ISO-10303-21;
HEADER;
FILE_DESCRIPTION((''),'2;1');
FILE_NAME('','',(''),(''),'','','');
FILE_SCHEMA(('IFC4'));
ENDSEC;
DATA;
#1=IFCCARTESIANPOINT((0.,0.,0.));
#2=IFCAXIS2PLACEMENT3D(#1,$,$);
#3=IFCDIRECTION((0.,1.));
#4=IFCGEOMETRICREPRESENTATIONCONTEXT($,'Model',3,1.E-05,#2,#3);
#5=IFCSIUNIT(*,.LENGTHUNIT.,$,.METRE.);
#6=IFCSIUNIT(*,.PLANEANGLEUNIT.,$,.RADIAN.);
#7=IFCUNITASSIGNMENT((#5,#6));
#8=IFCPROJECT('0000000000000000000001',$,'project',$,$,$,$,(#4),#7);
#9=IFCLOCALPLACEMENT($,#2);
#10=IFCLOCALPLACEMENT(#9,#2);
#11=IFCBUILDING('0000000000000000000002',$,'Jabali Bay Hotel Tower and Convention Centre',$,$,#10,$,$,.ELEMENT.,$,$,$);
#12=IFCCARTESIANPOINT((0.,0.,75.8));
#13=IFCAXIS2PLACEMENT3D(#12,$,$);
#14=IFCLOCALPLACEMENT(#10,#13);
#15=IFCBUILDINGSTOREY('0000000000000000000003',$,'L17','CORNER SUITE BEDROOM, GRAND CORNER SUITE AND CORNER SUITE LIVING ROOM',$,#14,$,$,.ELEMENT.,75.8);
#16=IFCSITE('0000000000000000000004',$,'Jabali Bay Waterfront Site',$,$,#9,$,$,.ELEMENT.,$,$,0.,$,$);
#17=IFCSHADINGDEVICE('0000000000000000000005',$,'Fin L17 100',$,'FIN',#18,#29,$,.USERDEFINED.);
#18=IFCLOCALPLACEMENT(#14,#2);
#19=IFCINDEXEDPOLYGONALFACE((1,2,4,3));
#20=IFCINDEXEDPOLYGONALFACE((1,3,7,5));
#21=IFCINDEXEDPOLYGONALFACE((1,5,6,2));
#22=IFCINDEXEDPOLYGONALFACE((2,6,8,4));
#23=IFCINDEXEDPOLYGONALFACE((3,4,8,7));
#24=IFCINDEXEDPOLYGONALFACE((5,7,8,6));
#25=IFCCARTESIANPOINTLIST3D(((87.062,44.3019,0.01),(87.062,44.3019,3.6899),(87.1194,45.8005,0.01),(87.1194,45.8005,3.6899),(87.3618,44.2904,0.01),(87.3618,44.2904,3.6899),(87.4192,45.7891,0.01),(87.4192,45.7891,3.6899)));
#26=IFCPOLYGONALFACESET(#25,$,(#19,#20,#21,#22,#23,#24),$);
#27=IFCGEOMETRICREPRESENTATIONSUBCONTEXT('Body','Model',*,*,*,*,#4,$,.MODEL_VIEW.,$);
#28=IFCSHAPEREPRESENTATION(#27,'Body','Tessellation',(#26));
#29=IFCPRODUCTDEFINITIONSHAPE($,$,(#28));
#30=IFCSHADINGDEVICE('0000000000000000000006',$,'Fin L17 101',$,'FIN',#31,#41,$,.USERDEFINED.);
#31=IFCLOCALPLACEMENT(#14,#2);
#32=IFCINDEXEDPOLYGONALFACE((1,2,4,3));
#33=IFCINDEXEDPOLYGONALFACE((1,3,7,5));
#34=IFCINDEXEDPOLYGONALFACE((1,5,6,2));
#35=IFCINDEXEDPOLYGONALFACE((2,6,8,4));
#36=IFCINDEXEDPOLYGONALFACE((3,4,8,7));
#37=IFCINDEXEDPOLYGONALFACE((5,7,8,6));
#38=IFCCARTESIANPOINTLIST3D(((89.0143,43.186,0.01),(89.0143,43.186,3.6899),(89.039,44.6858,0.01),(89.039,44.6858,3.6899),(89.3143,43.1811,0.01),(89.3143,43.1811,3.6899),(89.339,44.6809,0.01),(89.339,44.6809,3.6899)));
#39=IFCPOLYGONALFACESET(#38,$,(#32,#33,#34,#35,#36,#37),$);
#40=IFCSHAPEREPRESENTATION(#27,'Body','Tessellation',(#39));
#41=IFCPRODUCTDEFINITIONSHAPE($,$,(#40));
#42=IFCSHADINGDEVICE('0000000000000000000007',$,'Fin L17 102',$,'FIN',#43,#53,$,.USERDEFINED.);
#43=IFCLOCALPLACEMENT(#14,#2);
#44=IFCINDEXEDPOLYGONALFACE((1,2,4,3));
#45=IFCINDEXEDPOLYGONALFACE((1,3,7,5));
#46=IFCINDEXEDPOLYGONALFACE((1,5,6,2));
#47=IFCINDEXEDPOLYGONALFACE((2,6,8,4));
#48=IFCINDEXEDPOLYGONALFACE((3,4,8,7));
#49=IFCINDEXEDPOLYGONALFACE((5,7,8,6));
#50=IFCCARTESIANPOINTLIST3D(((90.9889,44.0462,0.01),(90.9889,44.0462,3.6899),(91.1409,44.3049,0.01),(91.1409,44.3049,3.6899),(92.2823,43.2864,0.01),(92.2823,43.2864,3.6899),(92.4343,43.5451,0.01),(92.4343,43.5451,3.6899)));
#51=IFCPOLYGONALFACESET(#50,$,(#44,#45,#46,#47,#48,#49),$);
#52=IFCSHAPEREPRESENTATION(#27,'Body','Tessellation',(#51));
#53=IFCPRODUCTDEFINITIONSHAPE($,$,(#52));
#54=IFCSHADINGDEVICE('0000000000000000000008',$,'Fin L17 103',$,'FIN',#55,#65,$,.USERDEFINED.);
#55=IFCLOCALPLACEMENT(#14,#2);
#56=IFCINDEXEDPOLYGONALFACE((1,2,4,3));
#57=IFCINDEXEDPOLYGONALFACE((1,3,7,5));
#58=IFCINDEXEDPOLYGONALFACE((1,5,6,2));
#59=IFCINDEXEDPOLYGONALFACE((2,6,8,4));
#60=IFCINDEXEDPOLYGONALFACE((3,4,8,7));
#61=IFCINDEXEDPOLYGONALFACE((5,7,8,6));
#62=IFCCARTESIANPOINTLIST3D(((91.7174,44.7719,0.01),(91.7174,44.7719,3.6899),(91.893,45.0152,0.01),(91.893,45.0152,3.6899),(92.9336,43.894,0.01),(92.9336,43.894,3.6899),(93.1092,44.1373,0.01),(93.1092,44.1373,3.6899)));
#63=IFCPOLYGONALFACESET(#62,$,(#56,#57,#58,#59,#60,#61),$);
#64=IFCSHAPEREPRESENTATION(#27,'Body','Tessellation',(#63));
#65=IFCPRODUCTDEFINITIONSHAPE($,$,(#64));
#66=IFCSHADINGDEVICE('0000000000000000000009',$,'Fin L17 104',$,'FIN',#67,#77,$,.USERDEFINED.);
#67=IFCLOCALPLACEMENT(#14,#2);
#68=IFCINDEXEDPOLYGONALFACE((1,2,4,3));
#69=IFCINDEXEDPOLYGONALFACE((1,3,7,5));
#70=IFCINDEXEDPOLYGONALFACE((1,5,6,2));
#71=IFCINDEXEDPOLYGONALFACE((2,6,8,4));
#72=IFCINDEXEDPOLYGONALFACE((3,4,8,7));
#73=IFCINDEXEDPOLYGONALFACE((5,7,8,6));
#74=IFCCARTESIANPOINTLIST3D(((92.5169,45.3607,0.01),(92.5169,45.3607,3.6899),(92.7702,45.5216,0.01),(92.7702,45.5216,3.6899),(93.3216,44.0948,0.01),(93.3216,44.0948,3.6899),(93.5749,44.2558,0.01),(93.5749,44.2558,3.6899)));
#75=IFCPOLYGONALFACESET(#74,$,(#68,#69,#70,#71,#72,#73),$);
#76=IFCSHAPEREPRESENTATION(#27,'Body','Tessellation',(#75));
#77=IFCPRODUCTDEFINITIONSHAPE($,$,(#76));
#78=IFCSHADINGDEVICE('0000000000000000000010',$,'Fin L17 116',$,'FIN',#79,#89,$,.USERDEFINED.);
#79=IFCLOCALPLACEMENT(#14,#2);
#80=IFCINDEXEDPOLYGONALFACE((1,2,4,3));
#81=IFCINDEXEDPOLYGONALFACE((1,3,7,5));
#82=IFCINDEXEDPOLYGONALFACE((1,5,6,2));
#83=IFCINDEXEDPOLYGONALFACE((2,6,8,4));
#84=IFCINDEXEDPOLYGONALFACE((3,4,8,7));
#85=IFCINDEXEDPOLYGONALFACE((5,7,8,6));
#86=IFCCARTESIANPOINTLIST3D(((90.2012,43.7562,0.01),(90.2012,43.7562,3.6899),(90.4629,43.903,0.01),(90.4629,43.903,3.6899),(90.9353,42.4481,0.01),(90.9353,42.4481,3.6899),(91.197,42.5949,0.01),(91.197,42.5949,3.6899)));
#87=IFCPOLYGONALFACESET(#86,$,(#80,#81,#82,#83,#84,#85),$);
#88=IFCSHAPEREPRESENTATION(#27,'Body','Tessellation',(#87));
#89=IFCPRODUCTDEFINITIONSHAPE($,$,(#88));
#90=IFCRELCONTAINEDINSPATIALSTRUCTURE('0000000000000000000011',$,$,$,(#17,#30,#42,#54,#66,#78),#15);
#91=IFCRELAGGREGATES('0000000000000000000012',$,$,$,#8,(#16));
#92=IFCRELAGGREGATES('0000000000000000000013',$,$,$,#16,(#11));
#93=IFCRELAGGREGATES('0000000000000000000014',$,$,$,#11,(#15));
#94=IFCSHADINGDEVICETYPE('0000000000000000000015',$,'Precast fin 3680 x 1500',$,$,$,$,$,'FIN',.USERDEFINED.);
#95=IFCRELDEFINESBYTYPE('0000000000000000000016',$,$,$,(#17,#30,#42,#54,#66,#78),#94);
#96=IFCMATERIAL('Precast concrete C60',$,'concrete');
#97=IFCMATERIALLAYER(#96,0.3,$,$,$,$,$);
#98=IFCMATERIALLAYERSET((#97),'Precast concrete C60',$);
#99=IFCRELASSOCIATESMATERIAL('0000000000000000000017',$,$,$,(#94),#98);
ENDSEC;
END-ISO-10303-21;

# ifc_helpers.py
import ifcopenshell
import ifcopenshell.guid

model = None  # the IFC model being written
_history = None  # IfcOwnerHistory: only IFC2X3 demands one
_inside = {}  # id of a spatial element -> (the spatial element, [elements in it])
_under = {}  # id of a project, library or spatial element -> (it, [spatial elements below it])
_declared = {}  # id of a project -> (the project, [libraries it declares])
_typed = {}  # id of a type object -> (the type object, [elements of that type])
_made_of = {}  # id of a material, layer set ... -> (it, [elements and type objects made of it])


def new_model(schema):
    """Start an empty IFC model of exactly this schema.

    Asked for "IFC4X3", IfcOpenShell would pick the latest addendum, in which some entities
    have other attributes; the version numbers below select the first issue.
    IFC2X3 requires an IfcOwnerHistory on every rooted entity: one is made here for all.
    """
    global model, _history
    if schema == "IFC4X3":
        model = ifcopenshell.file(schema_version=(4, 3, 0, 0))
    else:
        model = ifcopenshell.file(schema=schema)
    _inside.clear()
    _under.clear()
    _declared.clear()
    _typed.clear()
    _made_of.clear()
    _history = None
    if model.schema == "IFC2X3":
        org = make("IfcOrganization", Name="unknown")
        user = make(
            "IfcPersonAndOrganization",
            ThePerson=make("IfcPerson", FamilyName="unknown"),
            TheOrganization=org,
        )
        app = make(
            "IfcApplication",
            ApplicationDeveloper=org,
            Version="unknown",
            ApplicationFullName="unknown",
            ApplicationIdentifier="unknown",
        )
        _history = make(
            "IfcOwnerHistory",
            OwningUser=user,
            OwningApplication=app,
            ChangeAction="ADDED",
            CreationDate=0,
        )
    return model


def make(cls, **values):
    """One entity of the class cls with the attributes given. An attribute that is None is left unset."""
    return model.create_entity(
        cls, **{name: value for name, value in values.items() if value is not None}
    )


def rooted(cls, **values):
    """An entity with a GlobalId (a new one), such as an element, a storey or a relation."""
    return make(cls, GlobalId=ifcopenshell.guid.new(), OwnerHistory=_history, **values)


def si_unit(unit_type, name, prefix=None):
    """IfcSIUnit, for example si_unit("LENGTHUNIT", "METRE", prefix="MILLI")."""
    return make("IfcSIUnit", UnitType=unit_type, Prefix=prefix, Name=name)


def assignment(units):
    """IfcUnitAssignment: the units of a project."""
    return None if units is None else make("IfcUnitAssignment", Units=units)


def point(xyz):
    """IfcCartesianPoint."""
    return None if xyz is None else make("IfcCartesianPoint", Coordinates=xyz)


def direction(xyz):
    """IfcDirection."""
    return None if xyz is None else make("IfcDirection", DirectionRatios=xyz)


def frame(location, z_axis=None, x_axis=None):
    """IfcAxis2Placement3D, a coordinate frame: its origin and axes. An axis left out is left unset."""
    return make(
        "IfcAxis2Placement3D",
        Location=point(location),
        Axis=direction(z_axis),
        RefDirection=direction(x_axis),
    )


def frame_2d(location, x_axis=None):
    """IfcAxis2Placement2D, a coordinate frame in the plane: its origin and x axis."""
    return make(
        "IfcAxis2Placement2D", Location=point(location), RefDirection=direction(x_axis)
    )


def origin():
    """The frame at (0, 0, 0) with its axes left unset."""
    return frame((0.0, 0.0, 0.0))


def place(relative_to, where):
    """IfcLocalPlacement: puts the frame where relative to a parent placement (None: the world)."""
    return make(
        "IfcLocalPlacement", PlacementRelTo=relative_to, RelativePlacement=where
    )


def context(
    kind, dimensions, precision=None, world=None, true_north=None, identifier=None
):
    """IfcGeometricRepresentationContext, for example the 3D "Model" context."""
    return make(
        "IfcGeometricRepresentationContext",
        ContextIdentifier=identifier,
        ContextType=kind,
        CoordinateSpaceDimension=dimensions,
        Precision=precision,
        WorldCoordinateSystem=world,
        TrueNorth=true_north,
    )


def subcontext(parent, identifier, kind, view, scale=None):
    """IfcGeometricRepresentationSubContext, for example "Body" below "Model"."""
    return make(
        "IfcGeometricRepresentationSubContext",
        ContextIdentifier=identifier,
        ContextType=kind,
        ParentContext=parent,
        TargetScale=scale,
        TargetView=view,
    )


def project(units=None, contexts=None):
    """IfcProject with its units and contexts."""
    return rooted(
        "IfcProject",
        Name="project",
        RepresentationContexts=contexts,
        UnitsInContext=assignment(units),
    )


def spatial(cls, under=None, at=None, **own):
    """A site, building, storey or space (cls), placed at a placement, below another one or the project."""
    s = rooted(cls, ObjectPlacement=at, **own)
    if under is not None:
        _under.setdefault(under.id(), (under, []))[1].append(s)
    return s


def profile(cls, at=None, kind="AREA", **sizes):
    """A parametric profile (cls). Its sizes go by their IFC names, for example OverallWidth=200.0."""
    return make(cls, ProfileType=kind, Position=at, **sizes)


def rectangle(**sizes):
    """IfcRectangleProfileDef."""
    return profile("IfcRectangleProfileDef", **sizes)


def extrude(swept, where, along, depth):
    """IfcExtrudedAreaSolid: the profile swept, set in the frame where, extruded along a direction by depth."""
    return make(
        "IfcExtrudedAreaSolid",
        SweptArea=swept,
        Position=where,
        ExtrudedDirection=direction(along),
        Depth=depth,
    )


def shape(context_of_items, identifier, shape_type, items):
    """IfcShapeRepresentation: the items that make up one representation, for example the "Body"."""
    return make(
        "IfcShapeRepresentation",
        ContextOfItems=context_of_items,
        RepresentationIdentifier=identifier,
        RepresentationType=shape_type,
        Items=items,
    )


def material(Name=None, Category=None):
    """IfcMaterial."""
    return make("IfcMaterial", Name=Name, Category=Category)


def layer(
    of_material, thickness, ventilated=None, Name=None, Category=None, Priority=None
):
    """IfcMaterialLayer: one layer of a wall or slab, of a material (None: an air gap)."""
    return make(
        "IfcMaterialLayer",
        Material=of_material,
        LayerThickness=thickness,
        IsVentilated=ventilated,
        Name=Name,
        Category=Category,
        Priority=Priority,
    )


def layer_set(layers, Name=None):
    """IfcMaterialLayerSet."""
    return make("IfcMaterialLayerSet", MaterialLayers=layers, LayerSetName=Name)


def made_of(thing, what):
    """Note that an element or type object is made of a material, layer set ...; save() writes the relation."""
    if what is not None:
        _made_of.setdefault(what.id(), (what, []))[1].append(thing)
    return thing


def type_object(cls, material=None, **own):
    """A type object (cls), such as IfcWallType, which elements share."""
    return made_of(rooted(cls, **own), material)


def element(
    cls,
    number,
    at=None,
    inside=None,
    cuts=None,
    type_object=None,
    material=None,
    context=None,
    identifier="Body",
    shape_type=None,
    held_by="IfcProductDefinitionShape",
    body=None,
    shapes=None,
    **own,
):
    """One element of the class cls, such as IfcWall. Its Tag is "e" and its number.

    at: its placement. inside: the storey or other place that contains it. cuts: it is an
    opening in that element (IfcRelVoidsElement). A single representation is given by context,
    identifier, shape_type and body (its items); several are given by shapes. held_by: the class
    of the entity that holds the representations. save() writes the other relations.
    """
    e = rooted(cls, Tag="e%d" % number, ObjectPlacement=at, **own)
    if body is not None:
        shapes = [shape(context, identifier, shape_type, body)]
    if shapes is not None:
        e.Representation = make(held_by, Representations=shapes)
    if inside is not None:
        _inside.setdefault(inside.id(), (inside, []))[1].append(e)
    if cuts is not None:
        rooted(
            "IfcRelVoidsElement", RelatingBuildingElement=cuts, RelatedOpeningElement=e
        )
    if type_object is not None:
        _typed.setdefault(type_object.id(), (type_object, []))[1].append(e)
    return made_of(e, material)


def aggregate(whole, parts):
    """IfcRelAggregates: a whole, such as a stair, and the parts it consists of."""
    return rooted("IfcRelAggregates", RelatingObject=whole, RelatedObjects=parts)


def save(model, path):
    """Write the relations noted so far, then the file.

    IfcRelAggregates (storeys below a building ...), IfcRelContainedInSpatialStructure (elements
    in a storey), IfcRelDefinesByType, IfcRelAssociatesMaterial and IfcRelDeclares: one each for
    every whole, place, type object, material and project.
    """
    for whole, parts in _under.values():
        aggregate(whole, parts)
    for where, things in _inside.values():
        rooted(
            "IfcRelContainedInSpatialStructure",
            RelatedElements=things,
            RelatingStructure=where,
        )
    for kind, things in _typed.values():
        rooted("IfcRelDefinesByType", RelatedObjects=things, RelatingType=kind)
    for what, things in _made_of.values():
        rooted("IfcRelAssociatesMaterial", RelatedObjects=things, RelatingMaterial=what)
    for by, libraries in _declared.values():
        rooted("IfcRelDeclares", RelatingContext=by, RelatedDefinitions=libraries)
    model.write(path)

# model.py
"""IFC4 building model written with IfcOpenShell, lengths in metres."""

from ifc_helpers import new_model, si_unit, direction, frame, frame_2d, origin, place, context, subcontext, project, spatial, rectangle, extrude, material, layer, layer_set, type_object, element, save


model = new_model("IFC4")

# Units and contexts
model_context = context("Model", 3, precision=1e-05, world=origin(), true_north=direction((0.0, 1.0)))
body_context = subcontext(model_context, "Body", "Model", "MODEL_VIEW")
ifc_project = project(units=[si_unit("LENGTHUNIT", "METRE"), si_unit("PLANEANGLEUNIT", "RADIAN")], contexts=[model_context])

# Site, building, storey
site_placement = place(None, origin())
site = spatial("IfcSite", under=ifc_project, at=site_placement, Name="Jabali Bay Waterfront Site", CompositionType="ELEMENT", RefElevation=0.0)
building_placement = place(site_placement, origin())
building = spatial("IfcBuilding", under=site, at=building_placement, Name="Jabali Bay Hotel Tower and Convention Centre", CompositionType="ELEMENT")
storey_placement = place(building_placement, frame((0.0, 0.0, 75.8)))
storey = spatial("IfcBuildingStorey", under=building, at=storey_placement, Name="L17", Description="CORNER SUITE BEDROOM, GRAND CORNER SUITE AND CORNER SUITE LIVING ROOM", CompositionType="ELEMENT", Elevation=75.8)

# Shading devices
ifc_material_1 = material(Name="Precast concrete C60", Category="concrete")
ifc_layer_1 = layer(ifc_material_1, 0.3)
ifc_layer_set_1 = layer_set([ifc_layer_1], Name="Precast concrete C60")
shading_device_type_1 = type_object("IfcShadingDeviceType", Name="Precast fin 3680 x 1500", ElementType="FIN", PredefinedType="USERDEFINED", material=ifc_layer_set_1)
shading_device_1_placement = place(storey_placement, frame((87.2693, 45.7949, 0.01), z_axis=(0.0, 0.0, 1.0), x_axis=(-0.038252, -0.999268, 0.0)))
element("IfcShadingDevice", 1, at=shading_device_1_placement, inside=storey, type_object=shading_device_type_1, Name="Fin L17 100", ObjectType="FIN", PredefinedType="USERDEFINED", context=body_context, shape_type="SweptSolid", body=[
    extrude(rectangle(XDim=1.4998, YDim=0.3, at=frame_2d((0.75, 0.0))), origin(), (0.0, 0.0, 1.0), 3.6799),
])
for number, where, z_axis, x_axis, name in (
    (2, (89.189, 44.6833, 0.01), (0.0, 0.0, 1.0), (-0.016439, -0.999865, 0.0), "Fin L17 101"),
    (3, (91.0649, 44.1755, 0.01), (0.0, 0.0, 1.0), (0.86221, -0.506551, 0.0), "Fin L17 102"),
    (4, (91.8052, 44.8936, 0.01), (0.0, 0.0, 1.0), (0.810842, -0.585265, 0.0), "Fin L17 103"),
    (5, (92.6436, 45.4412, 0.01), (0.0, 0.0, 1.0), (0.536465, -0.843923, 0.0), "Fin L17 104"),
    (6, (90.332, 43.8296, 0.01), (0.0, 0.0, 1.0), (0.489411, -0.872053, 0.0), "Fin L17 116"),
):
    element("IfcShadingDevice", number, at=place(storey_placement, frame(where, z_axis=z_axis, x_axis=x_axis)), inside=storey, type_object=shading_device_type_1, Name=name, ObjectType="FIN", PredefinedType="USERDEFINED", context=body_context, shape_type="SweptSolid", body=[
        extrude(rectangle(XDim=1.5, YDim=0.3, at=frame_2d((0.75, 0.0))), origin(), (0.0, 0.0, 1.0), 3.6799),
    ])

save(model, "model.ifc")
